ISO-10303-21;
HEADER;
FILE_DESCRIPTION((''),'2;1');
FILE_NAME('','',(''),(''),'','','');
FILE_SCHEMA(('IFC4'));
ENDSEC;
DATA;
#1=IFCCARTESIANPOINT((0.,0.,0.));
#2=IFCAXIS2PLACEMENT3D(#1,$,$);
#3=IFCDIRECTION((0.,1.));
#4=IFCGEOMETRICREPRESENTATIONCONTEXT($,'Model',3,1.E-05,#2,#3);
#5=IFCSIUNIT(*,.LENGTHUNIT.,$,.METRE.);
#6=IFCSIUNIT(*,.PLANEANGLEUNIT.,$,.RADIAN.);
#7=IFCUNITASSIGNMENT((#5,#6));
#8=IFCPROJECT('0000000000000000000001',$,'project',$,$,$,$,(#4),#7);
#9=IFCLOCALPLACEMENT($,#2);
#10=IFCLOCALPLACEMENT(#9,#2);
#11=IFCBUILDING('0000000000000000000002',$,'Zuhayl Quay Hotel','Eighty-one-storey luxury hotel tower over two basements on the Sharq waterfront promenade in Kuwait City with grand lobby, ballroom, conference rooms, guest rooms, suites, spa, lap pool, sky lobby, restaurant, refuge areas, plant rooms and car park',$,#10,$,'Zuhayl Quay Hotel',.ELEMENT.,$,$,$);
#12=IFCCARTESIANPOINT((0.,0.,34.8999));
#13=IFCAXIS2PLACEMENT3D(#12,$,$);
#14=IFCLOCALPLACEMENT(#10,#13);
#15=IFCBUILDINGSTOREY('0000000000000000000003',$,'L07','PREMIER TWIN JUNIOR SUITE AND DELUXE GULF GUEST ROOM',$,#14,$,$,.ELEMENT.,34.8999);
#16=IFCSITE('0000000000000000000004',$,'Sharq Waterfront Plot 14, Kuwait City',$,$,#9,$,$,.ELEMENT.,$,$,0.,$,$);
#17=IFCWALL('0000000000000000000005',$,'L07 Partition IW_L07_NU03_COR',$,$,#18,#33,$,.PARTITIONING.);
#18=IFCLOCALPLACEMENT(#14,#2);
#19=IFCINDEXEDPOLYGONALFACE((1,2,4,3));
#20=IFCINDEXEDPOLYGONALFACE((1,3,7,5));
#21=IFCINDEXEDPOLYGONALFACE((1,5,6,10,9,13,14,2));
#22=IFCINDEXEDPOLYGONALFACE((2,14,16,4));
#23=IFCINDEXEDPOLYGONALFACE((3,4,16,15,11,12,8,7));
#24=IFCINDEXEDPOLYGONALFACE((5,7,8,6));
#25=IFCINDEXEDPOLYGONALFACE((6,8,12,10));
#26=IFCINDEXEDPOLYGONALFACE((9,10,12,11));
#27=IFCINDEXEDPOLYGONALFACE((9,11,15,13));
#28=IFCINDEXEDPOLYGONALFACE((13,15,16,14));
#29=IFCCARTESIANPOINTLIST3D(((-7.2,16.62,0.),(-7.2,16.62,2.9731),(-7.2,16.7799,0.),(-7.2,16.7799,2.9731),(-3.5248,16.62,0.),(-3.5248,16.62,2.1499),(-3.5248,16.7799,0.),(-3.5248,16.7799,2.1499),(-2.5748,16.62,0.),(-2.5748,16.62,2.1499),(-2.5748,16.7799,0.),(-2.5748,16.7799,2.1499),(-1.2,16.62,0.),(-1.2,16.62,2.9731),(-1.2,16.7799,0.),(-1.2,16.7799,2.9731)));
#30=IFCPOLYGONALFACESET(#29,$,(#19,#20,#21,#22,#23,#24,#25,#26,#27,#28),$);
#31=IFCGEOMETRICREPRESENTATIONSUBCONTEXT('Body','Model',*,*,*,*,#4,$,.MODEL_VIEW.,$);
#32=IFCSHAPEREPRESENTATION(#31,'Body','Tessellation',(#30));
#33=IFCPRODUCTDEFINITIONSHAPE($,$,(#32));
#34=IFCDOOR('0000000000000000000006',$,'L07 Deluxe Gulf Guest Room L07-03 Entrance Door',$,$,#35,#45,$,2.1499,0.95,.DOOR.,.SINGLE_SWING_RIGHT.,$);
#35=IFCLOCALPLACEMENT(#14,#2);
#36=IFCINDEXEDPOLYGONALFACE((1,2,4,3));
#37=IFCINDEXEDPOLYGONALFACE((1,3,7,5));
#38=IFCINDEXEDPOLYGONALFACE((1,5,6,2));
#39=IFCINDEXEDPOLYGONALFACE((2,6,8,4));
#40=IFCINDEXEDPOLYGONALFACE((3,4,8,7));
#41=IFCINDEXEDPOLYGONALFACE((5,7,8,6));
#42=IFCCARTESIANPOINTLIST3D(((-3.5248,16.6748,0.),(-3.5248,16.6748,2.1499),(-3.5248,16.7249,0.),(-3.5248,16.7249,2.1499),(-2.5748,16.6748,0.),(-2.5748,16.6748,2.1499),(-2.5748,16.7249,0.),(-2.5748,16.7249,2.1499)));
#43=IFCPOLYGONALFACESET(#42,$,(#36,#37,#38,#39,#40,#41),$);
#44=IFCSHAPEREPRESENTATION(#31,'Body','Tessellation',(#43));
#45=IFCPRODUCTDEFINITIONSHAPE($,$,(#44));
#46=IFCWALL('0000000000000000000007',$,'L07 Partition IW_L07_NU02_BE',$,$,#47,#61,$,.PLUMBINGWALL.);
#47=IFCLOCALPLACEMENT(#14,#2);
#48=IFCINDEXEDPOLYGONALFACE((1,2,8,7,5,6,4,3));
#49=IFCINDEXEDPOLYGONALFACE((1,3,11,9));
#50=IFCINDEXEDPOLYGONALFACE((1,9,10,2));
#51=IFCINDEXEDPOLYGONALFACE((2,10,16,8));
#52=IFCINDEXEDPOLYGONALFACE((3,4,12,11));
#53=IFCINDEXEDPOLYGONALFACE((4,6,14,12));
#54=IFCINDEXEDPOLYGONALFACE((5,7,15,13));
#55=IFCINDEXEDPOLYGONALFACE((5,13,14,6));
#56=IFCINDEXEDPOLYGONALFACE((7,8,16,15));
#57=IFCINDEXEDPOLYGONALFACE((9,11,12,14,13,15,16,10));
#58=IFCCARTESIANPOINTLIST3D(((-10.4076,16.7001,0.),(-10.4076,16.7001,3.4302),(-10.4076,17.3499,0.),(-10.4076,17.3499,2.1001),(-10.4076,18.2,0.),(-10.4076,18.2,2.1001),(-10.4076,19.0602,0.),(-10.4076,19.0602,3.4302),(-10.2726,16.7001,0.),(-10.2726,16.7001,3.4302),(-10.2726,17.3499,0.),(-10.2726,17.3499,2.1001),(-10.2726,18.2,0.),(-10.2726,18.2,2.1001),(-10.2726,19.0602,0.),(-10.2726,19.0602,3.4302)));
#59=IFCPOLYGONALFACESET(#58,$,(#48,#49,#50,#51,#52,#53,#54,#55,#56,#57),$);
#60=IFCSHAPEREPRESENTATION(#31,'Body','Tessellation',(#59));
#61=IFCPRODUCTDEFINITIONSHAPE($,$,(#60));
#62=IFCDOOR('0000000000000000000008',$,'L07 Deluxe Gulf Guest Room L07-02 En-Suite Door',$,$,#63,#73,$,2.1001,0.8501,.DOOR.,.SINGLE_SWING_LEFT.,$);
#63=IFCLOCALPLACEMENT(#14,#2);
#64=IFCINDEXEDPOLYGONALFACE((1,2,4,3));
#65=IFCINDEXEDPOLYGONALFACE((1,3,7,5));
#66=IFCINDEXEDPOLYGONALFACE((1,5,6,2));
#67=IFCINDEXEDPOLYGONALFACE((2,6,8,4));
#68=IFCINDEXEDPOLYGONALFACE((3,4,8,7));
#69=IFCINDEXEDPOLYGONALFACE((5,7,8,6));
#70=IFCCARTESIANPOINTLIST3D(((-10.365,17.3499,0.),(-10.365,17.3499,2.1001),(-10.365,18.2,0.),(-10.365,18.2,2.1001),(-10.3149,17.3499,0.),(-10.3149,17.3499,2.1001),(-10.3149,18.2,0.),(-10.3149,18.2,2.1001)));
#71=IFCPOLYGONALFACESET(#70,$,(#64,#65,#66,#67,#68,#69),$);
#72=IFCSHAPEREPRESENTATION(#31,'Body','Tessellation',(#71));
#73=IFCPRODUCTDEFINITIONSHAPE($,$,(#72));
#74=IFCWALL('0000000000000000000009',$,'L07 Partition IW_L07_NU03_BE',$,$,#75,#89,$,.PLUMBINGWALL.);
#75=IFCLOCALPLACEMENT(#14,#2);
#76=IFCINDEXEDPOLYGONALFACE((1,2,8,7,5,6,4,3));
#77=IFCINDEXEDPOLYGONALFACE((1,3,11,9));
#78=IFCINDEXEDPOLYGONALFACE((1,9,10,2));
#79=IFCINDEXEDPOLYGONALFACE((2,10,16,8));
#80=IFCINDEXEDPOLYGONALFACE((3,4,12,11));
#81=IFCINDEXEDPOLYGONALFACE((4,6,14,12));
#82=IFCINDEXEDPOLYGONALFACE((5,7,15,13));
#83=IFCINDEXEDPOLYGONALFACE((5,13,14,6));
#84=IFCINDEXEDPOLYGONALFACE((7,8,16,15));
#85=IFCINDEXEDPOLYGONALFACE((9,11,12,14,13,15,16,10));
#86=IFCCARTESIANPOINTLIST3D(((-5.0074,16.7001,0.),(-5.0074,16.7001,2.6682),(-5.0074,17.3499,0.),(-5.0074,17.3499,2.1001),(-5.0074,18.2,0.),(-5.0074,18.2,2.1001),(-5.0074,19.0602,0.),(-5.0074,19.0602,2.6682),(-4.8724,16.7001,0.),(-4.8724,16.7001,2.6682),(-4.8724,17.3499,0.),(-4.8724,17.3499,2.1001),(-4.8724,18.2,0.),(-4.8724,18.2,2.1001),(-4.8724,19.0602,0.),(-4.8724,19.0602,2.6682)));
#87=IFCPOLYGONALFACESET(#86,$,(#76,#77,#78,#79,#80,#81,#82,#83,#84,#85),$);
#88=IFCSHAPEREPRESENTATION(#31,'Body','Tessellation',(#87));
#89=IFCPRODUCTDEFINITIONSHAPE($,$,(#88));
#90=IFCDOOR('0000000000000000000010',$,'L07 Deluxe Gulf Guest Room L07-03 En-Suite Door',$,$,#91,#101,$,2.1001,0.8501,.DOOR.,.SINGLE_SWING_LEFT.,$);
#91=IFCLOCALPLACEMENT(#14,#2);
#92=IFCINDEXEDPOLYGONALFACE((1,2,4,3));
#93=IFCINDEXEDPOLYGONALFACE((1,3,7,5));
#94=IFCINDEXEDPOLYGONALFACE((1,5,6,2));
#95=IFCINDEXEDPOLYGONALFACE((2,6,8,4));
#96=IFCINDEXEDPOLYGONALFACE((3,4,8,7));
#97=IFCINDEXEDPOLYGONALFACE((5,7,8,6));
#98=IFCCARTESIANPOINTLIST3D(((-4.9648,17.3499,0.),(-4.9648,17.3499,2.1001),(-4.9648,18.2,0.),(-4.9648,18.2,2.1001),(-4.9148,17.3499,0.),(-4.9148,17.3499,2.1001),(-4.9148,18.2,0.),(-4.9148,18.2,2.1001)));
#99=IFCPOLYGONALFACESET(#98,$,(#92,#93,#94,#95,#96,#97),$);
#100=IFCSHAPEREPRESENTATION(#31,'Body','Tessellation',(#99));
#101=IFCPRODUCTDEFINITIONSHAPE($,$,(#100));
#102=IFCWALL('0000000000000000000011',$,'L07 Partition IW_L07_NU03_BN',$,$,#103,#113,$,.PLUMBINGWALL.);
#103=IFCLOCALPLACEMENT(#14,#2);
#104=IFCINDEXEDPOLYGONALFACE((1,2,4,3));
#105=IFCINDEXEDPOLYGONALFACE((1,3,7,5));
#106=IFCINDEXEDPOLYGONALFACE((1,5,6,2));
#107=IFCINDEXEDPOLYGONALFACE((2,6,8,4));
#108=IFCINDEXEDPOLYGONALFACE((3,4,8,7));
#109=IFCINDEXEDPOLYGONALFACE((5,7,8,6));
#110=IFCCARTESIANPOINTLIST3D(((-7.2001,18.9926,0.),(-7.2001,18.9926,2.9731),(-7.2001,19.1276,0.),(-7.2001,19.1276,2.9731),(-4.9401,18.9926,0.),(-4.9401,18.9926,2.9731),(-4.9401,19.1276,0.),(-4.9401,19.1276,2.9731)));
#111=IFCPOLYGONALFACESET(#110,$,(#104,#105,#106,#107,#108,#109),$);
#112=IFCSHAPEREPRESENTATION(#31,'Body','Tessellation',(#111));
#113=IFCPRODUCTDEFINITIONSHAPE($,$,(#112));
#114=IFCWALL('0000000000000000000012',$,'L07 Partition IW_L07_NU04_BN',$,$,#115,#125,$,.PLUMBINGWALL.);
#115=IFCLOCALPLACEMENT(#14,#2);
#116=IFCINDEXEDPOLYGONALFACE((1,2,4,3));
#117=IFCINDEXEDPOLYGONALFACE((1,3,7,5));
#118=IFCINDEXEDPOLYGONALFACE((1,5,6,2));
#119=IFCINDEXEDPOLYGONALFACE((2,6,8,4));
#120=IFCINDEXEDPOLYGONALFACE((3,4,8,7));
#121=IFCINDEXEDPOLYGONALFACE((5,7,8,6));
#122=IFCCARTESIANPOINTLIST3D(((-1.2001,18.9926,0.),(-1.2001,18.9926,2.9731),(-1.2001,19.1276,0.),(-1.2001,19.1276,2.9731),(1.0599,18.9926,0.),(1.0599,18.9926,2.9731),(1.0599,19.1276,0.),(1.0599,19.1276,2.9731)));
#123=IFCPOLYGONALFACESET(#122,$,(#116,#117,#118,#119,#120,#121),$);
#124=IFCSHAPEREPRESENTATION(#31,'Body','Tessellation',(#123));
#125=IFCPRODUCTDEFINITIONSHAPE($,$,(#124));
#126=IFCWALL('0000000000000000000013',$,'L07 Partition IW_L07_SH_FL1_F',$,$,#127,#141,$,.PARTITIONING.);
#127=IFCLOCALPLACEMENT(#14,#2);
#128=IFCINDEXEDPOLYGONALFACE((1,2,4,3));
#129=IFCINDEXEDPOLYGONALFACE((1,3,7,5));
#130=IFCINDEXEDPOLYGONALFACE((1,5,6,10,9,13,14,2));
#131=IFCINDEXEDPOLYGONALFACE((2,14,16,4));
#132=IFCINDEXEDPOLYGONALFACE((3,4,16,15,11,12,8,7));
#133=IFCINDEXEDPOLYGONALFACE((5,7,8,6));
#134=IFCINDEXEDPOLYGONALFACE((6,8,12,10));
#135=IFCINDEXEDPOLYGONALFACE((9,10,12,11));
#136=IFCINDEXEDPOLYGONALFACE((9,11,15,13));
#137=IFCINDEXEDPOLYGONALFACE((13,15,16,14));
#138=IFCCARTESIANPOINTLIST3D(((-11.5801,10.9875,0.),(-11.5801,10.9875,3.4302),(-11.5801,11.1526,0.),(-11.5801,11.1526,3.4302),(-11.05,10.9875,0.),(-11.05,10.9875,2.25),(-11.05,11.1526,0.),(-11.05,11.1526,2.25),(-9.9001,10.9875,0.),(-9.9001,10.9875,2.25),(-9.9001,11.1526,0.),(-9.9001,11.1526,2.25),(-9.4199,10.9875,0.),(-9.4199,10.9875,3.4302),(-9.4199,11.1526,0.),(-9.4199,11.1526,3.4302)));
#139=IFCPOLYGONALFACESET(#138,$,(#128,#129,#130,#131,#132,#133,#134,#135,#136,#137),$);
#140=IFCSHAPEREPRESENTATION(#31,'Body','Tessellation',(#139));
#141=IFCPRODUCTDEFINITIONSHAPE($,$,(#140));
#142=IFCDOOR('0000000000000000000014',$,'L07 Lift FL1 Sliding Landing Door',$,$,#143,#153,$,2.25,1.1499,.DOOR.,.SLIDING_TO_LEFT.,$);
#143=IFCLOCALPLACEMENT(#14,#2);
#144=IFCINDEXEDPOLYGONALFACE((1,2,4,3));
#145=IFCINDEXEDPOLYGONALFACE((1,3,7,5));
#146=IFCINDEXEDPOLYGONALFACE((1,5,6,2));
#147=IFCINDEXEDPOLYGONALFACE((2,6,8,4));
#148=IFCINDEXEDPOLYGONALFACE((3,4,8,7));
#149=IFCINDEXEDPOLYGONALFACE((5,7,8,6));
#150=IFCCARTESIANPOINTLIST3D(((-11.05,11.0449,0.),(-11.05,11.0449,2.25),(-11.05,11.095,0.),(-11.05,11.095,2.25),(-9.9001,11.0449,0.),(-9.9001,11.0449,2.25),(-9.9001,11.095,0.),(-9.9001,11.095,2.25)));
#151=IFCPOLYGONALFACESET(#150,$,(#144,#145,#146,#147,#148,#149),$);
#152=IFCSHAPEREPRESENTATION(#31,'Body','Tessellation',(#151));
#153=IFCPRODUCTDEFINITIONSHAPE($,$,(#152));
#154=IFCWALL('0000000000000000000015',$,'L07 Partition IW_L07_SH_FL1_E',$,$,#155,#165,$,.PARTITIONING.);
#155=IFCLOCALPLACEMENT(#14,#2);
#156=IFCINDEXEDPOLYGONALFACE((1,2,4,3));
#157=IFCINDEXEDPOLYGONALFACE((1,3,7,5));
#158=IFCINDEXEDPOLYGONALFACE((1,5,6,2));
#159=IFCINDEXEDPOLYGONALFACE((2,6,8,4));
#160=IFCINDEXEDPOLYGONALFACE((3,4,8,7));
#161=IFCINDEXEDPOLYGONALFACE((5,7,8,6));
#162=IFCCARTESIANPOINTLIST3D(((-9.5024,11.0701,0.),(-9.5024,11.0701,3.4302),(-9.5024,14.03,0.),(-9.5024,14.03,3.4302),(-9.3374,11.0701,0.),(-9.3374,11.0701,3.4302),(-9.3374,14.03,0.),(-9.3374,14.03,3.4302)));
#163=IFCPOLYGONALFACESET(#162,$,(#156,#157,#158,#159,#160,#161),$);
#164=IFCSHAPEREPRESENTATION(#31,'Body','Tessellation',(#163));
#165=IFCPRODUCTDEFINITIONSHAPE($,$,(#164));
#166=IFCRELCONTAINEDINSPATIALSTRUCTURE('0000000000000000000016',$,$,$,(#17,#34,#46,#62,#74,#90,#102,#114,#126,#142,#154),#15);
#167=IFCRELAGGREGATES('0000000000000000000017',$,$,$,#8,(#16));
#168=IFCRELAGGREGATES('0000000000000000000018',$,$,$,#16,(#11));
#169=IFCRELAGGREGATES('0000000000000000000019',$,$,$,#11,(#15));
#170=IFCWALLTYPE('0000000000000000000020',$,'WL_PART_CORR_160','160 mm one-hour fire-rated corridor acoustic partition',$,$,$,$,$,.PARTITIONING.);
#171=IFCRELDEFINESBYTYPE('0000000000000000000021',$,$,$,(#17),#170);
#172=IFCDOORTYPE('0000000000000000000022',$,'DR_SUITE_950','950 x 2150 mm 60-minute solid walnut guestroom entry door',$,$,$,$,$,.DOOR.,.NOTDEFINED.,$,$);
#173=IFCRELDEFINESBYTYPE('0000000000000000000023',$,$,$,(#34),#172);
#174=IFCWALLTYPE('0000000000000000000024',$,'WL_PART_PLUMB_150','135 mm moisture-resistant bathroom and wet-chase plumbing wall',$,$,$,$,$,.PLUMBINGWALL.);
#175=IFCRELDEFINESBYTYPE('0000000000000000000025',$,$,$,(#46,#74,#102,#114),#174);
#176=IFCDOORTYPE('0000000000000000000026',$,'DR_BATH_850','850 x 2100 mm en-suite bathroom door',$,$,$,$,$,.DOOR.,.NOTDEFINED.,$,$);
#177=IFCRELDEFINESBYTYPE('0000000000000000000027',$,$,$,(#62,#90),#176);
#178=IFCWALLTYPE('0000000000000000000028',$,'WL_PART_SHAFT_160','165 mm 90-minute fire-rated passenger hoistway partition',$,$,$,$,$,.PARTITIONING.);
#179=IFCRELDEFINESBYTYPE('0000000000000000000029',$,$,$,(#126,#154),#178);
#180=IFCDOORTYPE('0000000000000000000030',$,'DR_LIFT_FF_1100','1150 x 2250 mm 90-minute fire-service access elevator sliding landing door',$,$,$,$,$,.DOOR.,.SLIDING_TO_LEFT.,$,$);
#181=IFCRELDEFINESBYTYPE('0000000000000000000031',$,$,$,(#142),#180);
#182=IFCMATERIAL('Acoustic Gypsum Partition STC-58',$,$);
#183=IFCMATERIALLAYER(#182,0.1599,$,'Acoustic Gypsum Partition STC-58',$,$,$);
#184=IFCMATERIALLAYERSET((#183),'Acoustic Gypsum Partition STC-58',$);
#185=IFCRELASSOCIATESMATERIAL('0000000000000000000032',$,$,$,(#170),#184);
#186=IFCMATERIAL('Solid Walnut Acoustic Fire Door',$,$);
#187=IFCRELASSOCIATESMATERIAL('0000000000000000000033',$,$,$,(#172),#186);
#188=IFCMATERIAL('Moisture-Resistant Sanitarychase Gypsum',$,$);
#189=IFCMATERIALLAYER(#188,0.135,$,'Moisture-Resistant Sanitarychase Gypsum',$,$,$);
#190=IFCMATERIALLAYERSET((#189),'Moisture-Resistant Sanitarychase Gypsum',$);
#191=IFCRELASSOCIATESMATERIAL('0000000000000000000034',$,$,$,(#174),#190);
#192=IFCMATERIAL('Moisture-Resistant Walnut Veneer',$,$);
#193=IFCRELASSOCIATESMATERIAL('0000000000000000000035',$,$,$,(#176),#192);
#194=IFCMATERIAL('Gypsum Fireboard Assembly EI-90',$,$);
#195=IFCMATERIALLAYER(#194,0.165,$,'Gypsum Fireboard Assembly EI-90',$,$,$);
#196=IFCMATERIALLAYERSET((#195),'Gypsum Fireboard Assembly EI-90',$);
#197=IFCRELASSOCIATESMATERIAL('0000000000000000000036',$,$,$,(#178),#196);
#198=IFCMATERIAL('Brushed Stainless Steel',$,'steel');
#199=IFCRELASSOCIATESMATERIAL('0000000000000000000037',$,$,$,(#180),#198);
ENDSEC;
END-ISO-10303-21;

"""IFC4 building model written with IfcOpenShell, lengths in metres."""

from ifc_helpers import new_model, si_unit, direction, frame, frame_2d, origin, place, context, subcontext, project, spatial, rectangle, extrude, material, layer, layer_set, type_object, element, fill, save


model = new_model("IFC4")

# Units and contexts
model_context = context("Model", 3, precision=1e-05, world=origin(), true_north=direction((0.0, 1.0)))
body_context = subcontext(model_context, "Body", "Model", "MODEL_VIEW")
ifc_project = project(units=[si_unit("LENGTHUNIT", "METRE"), si_unit("PLANEANGLEUNIT", "RADIAN")], contexts=[model_context])

# Site, building, storey
site_placement = place(None, origin())
site = spatial("IfcSite", under=ifc_project, at=site_placement, Name="Sharq Waterfront Plot 14, Kuwait City", CompositionType="ELEMENT", RefElevation=0.0)
building_placement = place(site_placement, origin())
building = spatial("IfcBuilding", under=site, at=building_placement, Name="Zuhayl Quay Hotel", Description="Eighty-one-storey luxury hotel tower over two basements on the Sharq waterfront promenade in Kuwait City with grand lobby, ballroom, conference rooms, guest rooms, suites, spa, lap pool, sky lobby, restaurant, refuge areas, plant rooms and car park", LongName="Zuhayl Quay Hotel", CompositionType="ELEMENT")
storey_placement = place(building_placement, frame((0.0, 0.0, 34.8999)))
storey = spatial("IfcBuildingStorey", under=building, at=storey_placement, Name="L07", Description="PREMIER TWIN JUNIOR SUITE AND DELUXE GULF GUEST ROOM", CompositionType="ELEMENT", Elevation=34.8999)

# Shared definitions
ifc_material_1 = material(Name="Acoustic Gypsum Partition STC-58")

# Walls, openings, doors
ifc_layer_1 = layer(ifc_material_1, 0.1599, Name="Acoustic Gypsum Partition STC-58")
ifc_layer_set_1 = layer_set([ifc_layer_1], Name="Acoustic Gypsum Partition STC-58")
wall_type_1 = type_object("IfcWallType", Name="WL_PART_CORR_160", Description="160 mm one-hour fire-rated corridor acoustic partition", PredefinedType="PARTITIONING", material=ifc_layer_set_1)
wall_1_placement = place(storey_placement, frame((-7.2, 16.7, 0.0), z_axis=(0.0, 0.0, 1.0), x_axis=(1.0, 0.0, 0.0)))
wall_1 = element("IfcWall", 1, at=wall_1_placement, inside=storey, type_object=wall_type_1, Name="L07 Partition IW_L07_NU03_COR", PredefinedType="PARTITIONING", context=body_context, shape_type="SweptSolid", body=[
    extrude(rectangle(XDim=6.0, YDim=0.1599, at=frame_2d((3.0, 0.0))), origin(), (0.0, 0.0, 1.0), 2.9731),
])
opening_1_placement = place(wall_1_placement, frame((3.675, 0.0, 0.0)))
opening_1 = element("IfcOpeningElement", 2, at=opening_1_placement, cuts=wall_1, PredefinedType="OPENING", context=body_context, shape_type="SweptSolid", body=[
    extrude(rectangle(XDim=0.95, YDim=2.1499, at=frame_2d((0.4751, 1.075))), frame((0.0, 0.0898, 0.0), z_axis=(0.0, -1.0, 0.0), x_axis=(1.0, 0.0, 0.0)), (0.0, 0.0, 1.0), 0.1799),
])
ifc_material_2 = material(Name="Solid Walnut Acoustic Fire Door")
door_type_1 = type_object("IfcDoorType", Name="DR_SUITE_950", Description="950 x 2150 mm 60-minute solid walnut guestroom entry door", OperationType="NOTDEFINED", PredefinedType="DOOR", material=ifc_material_2)
door_1_placement = place(opening_1_placement, origin())
door_1 = element("IfcDoor", 3, at=door_1_placement, inside=storey, type_object=door_type_1, Name="L07 Deluxe Gulf Guest Room L07-03 Entrance Door", OperationType="SINGLE_SWING_RIGHT", OverallHeight=2.1499, OverallWidth=0.95, PredefinedType="DOOR", context=body_context, shape_type="SweptSolid", body=[
    extrude(rectangle(XDim=0.95, YDim=2.1499, at=frame_2d((0.4751, 1.075))), frame((0.0, 0.0249, 0.0), z_axis=(0.0, -1.0, 0.0), x_axis=(1.0, 0.0, 0.0)), (0.0, 0.0, 1.0), 0.05),
])
fill(opening_1, door_1)
ifc_material_3 = material(Name="Moisture-Resistant Sanitarychase Gypsum")
ifc_layer_2 = layer(ifc_material_3, 0.135, Name="Moisture-Resistant Sanitarychase Gypsum")
ifc_layer_set_2 = layer_set([ifc_layer_2], Name="Moisture-Resistant Sanitarychase Gypsum")
wall_type_2 = type_object("IfcWallType", Name="WL_PART_PLUMB_150", Description="135 mm moisture-resistant bathroom and wet-chase plumbing wall", PredefinedType="PLUMBINGWALL", material=ifc_layer_set_2)
wall_2_placement = place(storey_placement, frame((-10.3401, 16.7, 0.0), z_axis=(0.0, 0.0, 1.0), x_axis=(0.0, 1.0, 0.0)))
wall_2 = element("IfcWall", 4, at=wall_2_placement, inside=storey, type_object=wall_type_2, Name="L07 Partition IW_L07_NU02_BE", PredefinedType="PLUMBINGWALL", context=body_context, shape_type="SweptSolid", body=[
    extrude(rectangle(XDim=2.3601, YDim=0.135, at=frame_2d((1.1802, 0.0))), origin(), (0.0, 0.0, 1.0), 3.4302),
])
opening_2_placement = place(wall_2_placement, frame((0.6499, 0.0, 0.0)))
opening_2 = element("IfcOpeningElement", 5, at=opening_2_placement, cuts=wall_2, PredefinedType="OPENING", context=body_context, shape_type="SweptSolid", body=[
    extrude(rectangle(XDim=0.8501, YDim=2.1001, at=frame_2d((0.425, 1.05))), frame((0.0, 0.0774, 0.0), z_axis=(0.0, -1.0, 0.0), x_axis=(1.0, 0.0, 0.0)), (0.0, 0.0, 1.0), 0.155),
])
ifc_material_4 = material(Name="Moisture-Resistant Walnut Veneer")
door_type_2 = type_object("IfcDoorType", Name="DR_BATH_850", Description="850 x 2100 mm en-suite bathroom door", OperationType="NOTDEFINED", PredefinedType="DOOR", material=ifc_material_4)
door_2_placement = place(opening_2_placement, origin())
door_2 = element("IfcDoor", 6, at=door_2_placement, inside=storey, type_object=door_type_2, Name="L07 Deluxe Gulf Guest Room L07-02 En-Suite Door", OperationType="SINGLE_SWING_LEFT", OverallHeight=2.1001, OverallWidth=0.8501, PredefinedType="DOOR", context=body_context, shape_type="SweptSolid", body=[
    extrude(rectangle(XDim=0.8501, YDim=2.1001, at=frame_2d((0.425, 1.05))), frame((0.0, 0.0249, 0.0), z_axis=(0.0, -1.0, 0.0), x_axis=(1.0, 0.0, 0.0)), (0.0, 0.0, 1.0), 0.05),
])
fill(opening_2, door_2)
wall_3_placement = place(storey_placement, frame((-4.9399, 16.7, 0.0), z_axis=(0.0, 0.0, 1.0), x_axis=(0.0, 1.0, 0.0)))
wall_3 = element("IfcWall", 7, at=wall_3_placement, inside=storey, type_object=wall_type_2, Name="L07 Partition IW_L07_NU03_BE", PredefinedType="PLUMBINGWALL", context=body_context, shape_type="SweptSolid", body=[
    extrude(rectangle(XDim=2.3601, YDim=0.135, at=frame_2d((1.1802, 0.0))), origin(), (0.0, 0.0, 1.0), 2.6682),
])
opening_3_placement = place(wall_3_placement, frame((0.6499, 0.0, 0.0)))
opening_3 = element("IfcOpeningElement", 8, at=opening_3_placement, cuts=wall_3, PredefinedType="OPENING", context=body_context, shape_type="SweptSolid", body=[
    extrude(rectangle(XDim=0.8501, YDim=2.1001, at=frame_2d((0.425, 1.05))), frame((0.0, 0.0774, 0.0), z_axis=(0.0, -1.0, 0.0), x_axis=(1.0, 0.0, 0.0)), (0.0, 0.0, 1.0), 0.155),
])
door_3_placement = place(opening_3_placement, origin())
door_3 = element("IfcDoor", 9, at=door_3_placement, inside=storey, type_object=door_type_2, Name="L07 Deluxe Gulf Guest Room L07-03 En-Suite Door", OperationType="SINGLE_SWING_LEFT", OverallHeight=2.1001, OverallWidth=0.8501, PredefinedType="DOOR", context=body_context, shape_type="SweptSolid", body=[
    extrude(rectangle(XDim=0.8501, YDim=2.1001, at=frame_2d((0.425, 1.05))), frame((0.0, 0.0249, 0.0), z_axis=(0.0, -1.0, 0.0), x_axis=(1.0, 0.0, 0.0)), (0.0, 0.0, 1.0), 0.05),
])
fill(opening_3, door_3)

# Walls
for number, where, z_axis, x_axis, name in (
    (10, (-7.2, 19.0601, 0.0), (0.0, 0.0, 1.0), (1.0, 0.0, 0.0), "L07 Partition IW_L07_NU03_BN"),
    (11, (-1.2, 19.0601, 0.0), (0.0, 0.0, 1.0), (1.0, 0.0, 0.0), "L07 Partition IW_L07_NU04_BN"),
):
    element("IfcWall", number, at=place(storey_placement, frame(where, z_axis=z_axis, x_axis=x_axis)), inside=storey, type_object=wall_type_2, Name=name, PredefinedType="PLUMBINGWALL", context=body_context, shape_type="SweptSolid", body=[
        extrude(rectangle(XDim=2.26, YDim=0.135, at=frame_2d((1.1299, 0.0))), origin(), (0.0, 0.0, 1.0), 2.9731),
    ])

# Wall, opening, door
ifc_material_5 = material(Name="Gypsum Fireboard Assembly EI-90")
ifc_layer_3 = layer(ifc_material_5, 0.165, Name="Gypsum Fireboard Assembly EI-90")
ifc_layer_set_3 = layer_set([ifc_layer_3], Name="Gypsum Fireboard Assembly EI-90")
wall_type_3 = type_object("IfcWallType", Name="WL_PART_SHAFT_160", Description="165 mm 90-minute fire-rated passenger hoistway partition", PredefinedType="PARTITIONING", material=ifc_layer_set_3)
wall_4_placement = place(storey_placement, frame((-11.5801, 11.0701, 0.0), z_axis=(0.0, 0.0, 1.0), x_axis=(1.0, 0.0, 0.0)))
wall_4 = element("IfcWall", 12, at=wall_4_placement, inside=storey, type_object=wall_type_3, Name="L07 Partition IW_L07_SH_FL1_F", PredefinedType="PARTITIONING", context=body_context, shape_type="SweptSolid", body=[
    extrude(rectangle(XDim=2.1602, YDim=0.165, at=frame_2d((1.0801, 0.0))), origin(), (0.0, 0.0, 1.0), 3.4302),
])
opening_4_placement = place(wall_4_placement, frame((0.53, 0.0, 0.0)))
opening_4 = element("IfcOpeningElement", 13, at=opening_4_placement, cuts=wall_4, PredefinedType="OPENING", context=body_context, shape_type="SweptSolid", body=[
    extrude(rectangle(XDim=1.1499, YDim=2.25, at=frame_2d((0.575, 1.125))), frame((0.0, 0.0925, 0.0), z_axis=(0.0, -1.0, 0.0), x_axis=(1.0, 0.0, 0.0)), (0.0, 0.0, 1.0), 0.1851),
])
ifc_material_6 = material(Name="Brushed Stainless Steel", Category="steel")
door_type_3 = type_object("IfcDoorType", Name="DR_LIFT_FF_1100", Description="1150 x 2250 mm 90-minute fire-service access elevator sliding landing door", OperationType="SLIDING_TO_LEFT", PredefinedType="DOOR", material=ifc_material_6)
door_4_placement = place(opening_4_placement, origin())
door_4 = element("IfcDoor", 14, at=door_4_placement, inside=storey, type_object=door_type_3, Name="L07 Lift FL1 Sliding Landing Door", OperationType="SLIDING_TO_LEFT", OverallHeight=2.25, OverallWidth=1.1499, PredefinedType="DOOR", context=body_context, shape_type="SweptSolid", body=[
    extrude(rectangle(XDim=1.1499, YDim=2.25, at=frame_2d((0.575, 1.125))), frame((0.0, 0.0249, 0.0), z_axis=(0.0, -1.0, 0.0), x_axis=(1.0, 0.0, 0.0)), (0.0, 0.0, 1.0), 0.05),
])
fill(opening_4, door_4)

# Wall
wall_5_placement = place(storey_placement, frame((-9.4199, 11.0701, 0.0), z_axis=(0.0, 0.0, 1.0), x_axis=(0.0, 1.0, 0.0)))
element("IfcWall", 15, at=wall_5_placement, inside=storey, type_object=wall_type_3, Name="L07 Partition IW_L07_SH_FL1_E", PredefinedType="PARTITIONING", context=body_context, shape_type="SweptSolid", body=[
    extrude(rectangle(XDim=2.96, YDim=0.165, at=frame_2d((1.48, 0.0))), origin(), (0.0, 0.0, 1.0), 3.4302),
])

save(model, "model.ifc")
